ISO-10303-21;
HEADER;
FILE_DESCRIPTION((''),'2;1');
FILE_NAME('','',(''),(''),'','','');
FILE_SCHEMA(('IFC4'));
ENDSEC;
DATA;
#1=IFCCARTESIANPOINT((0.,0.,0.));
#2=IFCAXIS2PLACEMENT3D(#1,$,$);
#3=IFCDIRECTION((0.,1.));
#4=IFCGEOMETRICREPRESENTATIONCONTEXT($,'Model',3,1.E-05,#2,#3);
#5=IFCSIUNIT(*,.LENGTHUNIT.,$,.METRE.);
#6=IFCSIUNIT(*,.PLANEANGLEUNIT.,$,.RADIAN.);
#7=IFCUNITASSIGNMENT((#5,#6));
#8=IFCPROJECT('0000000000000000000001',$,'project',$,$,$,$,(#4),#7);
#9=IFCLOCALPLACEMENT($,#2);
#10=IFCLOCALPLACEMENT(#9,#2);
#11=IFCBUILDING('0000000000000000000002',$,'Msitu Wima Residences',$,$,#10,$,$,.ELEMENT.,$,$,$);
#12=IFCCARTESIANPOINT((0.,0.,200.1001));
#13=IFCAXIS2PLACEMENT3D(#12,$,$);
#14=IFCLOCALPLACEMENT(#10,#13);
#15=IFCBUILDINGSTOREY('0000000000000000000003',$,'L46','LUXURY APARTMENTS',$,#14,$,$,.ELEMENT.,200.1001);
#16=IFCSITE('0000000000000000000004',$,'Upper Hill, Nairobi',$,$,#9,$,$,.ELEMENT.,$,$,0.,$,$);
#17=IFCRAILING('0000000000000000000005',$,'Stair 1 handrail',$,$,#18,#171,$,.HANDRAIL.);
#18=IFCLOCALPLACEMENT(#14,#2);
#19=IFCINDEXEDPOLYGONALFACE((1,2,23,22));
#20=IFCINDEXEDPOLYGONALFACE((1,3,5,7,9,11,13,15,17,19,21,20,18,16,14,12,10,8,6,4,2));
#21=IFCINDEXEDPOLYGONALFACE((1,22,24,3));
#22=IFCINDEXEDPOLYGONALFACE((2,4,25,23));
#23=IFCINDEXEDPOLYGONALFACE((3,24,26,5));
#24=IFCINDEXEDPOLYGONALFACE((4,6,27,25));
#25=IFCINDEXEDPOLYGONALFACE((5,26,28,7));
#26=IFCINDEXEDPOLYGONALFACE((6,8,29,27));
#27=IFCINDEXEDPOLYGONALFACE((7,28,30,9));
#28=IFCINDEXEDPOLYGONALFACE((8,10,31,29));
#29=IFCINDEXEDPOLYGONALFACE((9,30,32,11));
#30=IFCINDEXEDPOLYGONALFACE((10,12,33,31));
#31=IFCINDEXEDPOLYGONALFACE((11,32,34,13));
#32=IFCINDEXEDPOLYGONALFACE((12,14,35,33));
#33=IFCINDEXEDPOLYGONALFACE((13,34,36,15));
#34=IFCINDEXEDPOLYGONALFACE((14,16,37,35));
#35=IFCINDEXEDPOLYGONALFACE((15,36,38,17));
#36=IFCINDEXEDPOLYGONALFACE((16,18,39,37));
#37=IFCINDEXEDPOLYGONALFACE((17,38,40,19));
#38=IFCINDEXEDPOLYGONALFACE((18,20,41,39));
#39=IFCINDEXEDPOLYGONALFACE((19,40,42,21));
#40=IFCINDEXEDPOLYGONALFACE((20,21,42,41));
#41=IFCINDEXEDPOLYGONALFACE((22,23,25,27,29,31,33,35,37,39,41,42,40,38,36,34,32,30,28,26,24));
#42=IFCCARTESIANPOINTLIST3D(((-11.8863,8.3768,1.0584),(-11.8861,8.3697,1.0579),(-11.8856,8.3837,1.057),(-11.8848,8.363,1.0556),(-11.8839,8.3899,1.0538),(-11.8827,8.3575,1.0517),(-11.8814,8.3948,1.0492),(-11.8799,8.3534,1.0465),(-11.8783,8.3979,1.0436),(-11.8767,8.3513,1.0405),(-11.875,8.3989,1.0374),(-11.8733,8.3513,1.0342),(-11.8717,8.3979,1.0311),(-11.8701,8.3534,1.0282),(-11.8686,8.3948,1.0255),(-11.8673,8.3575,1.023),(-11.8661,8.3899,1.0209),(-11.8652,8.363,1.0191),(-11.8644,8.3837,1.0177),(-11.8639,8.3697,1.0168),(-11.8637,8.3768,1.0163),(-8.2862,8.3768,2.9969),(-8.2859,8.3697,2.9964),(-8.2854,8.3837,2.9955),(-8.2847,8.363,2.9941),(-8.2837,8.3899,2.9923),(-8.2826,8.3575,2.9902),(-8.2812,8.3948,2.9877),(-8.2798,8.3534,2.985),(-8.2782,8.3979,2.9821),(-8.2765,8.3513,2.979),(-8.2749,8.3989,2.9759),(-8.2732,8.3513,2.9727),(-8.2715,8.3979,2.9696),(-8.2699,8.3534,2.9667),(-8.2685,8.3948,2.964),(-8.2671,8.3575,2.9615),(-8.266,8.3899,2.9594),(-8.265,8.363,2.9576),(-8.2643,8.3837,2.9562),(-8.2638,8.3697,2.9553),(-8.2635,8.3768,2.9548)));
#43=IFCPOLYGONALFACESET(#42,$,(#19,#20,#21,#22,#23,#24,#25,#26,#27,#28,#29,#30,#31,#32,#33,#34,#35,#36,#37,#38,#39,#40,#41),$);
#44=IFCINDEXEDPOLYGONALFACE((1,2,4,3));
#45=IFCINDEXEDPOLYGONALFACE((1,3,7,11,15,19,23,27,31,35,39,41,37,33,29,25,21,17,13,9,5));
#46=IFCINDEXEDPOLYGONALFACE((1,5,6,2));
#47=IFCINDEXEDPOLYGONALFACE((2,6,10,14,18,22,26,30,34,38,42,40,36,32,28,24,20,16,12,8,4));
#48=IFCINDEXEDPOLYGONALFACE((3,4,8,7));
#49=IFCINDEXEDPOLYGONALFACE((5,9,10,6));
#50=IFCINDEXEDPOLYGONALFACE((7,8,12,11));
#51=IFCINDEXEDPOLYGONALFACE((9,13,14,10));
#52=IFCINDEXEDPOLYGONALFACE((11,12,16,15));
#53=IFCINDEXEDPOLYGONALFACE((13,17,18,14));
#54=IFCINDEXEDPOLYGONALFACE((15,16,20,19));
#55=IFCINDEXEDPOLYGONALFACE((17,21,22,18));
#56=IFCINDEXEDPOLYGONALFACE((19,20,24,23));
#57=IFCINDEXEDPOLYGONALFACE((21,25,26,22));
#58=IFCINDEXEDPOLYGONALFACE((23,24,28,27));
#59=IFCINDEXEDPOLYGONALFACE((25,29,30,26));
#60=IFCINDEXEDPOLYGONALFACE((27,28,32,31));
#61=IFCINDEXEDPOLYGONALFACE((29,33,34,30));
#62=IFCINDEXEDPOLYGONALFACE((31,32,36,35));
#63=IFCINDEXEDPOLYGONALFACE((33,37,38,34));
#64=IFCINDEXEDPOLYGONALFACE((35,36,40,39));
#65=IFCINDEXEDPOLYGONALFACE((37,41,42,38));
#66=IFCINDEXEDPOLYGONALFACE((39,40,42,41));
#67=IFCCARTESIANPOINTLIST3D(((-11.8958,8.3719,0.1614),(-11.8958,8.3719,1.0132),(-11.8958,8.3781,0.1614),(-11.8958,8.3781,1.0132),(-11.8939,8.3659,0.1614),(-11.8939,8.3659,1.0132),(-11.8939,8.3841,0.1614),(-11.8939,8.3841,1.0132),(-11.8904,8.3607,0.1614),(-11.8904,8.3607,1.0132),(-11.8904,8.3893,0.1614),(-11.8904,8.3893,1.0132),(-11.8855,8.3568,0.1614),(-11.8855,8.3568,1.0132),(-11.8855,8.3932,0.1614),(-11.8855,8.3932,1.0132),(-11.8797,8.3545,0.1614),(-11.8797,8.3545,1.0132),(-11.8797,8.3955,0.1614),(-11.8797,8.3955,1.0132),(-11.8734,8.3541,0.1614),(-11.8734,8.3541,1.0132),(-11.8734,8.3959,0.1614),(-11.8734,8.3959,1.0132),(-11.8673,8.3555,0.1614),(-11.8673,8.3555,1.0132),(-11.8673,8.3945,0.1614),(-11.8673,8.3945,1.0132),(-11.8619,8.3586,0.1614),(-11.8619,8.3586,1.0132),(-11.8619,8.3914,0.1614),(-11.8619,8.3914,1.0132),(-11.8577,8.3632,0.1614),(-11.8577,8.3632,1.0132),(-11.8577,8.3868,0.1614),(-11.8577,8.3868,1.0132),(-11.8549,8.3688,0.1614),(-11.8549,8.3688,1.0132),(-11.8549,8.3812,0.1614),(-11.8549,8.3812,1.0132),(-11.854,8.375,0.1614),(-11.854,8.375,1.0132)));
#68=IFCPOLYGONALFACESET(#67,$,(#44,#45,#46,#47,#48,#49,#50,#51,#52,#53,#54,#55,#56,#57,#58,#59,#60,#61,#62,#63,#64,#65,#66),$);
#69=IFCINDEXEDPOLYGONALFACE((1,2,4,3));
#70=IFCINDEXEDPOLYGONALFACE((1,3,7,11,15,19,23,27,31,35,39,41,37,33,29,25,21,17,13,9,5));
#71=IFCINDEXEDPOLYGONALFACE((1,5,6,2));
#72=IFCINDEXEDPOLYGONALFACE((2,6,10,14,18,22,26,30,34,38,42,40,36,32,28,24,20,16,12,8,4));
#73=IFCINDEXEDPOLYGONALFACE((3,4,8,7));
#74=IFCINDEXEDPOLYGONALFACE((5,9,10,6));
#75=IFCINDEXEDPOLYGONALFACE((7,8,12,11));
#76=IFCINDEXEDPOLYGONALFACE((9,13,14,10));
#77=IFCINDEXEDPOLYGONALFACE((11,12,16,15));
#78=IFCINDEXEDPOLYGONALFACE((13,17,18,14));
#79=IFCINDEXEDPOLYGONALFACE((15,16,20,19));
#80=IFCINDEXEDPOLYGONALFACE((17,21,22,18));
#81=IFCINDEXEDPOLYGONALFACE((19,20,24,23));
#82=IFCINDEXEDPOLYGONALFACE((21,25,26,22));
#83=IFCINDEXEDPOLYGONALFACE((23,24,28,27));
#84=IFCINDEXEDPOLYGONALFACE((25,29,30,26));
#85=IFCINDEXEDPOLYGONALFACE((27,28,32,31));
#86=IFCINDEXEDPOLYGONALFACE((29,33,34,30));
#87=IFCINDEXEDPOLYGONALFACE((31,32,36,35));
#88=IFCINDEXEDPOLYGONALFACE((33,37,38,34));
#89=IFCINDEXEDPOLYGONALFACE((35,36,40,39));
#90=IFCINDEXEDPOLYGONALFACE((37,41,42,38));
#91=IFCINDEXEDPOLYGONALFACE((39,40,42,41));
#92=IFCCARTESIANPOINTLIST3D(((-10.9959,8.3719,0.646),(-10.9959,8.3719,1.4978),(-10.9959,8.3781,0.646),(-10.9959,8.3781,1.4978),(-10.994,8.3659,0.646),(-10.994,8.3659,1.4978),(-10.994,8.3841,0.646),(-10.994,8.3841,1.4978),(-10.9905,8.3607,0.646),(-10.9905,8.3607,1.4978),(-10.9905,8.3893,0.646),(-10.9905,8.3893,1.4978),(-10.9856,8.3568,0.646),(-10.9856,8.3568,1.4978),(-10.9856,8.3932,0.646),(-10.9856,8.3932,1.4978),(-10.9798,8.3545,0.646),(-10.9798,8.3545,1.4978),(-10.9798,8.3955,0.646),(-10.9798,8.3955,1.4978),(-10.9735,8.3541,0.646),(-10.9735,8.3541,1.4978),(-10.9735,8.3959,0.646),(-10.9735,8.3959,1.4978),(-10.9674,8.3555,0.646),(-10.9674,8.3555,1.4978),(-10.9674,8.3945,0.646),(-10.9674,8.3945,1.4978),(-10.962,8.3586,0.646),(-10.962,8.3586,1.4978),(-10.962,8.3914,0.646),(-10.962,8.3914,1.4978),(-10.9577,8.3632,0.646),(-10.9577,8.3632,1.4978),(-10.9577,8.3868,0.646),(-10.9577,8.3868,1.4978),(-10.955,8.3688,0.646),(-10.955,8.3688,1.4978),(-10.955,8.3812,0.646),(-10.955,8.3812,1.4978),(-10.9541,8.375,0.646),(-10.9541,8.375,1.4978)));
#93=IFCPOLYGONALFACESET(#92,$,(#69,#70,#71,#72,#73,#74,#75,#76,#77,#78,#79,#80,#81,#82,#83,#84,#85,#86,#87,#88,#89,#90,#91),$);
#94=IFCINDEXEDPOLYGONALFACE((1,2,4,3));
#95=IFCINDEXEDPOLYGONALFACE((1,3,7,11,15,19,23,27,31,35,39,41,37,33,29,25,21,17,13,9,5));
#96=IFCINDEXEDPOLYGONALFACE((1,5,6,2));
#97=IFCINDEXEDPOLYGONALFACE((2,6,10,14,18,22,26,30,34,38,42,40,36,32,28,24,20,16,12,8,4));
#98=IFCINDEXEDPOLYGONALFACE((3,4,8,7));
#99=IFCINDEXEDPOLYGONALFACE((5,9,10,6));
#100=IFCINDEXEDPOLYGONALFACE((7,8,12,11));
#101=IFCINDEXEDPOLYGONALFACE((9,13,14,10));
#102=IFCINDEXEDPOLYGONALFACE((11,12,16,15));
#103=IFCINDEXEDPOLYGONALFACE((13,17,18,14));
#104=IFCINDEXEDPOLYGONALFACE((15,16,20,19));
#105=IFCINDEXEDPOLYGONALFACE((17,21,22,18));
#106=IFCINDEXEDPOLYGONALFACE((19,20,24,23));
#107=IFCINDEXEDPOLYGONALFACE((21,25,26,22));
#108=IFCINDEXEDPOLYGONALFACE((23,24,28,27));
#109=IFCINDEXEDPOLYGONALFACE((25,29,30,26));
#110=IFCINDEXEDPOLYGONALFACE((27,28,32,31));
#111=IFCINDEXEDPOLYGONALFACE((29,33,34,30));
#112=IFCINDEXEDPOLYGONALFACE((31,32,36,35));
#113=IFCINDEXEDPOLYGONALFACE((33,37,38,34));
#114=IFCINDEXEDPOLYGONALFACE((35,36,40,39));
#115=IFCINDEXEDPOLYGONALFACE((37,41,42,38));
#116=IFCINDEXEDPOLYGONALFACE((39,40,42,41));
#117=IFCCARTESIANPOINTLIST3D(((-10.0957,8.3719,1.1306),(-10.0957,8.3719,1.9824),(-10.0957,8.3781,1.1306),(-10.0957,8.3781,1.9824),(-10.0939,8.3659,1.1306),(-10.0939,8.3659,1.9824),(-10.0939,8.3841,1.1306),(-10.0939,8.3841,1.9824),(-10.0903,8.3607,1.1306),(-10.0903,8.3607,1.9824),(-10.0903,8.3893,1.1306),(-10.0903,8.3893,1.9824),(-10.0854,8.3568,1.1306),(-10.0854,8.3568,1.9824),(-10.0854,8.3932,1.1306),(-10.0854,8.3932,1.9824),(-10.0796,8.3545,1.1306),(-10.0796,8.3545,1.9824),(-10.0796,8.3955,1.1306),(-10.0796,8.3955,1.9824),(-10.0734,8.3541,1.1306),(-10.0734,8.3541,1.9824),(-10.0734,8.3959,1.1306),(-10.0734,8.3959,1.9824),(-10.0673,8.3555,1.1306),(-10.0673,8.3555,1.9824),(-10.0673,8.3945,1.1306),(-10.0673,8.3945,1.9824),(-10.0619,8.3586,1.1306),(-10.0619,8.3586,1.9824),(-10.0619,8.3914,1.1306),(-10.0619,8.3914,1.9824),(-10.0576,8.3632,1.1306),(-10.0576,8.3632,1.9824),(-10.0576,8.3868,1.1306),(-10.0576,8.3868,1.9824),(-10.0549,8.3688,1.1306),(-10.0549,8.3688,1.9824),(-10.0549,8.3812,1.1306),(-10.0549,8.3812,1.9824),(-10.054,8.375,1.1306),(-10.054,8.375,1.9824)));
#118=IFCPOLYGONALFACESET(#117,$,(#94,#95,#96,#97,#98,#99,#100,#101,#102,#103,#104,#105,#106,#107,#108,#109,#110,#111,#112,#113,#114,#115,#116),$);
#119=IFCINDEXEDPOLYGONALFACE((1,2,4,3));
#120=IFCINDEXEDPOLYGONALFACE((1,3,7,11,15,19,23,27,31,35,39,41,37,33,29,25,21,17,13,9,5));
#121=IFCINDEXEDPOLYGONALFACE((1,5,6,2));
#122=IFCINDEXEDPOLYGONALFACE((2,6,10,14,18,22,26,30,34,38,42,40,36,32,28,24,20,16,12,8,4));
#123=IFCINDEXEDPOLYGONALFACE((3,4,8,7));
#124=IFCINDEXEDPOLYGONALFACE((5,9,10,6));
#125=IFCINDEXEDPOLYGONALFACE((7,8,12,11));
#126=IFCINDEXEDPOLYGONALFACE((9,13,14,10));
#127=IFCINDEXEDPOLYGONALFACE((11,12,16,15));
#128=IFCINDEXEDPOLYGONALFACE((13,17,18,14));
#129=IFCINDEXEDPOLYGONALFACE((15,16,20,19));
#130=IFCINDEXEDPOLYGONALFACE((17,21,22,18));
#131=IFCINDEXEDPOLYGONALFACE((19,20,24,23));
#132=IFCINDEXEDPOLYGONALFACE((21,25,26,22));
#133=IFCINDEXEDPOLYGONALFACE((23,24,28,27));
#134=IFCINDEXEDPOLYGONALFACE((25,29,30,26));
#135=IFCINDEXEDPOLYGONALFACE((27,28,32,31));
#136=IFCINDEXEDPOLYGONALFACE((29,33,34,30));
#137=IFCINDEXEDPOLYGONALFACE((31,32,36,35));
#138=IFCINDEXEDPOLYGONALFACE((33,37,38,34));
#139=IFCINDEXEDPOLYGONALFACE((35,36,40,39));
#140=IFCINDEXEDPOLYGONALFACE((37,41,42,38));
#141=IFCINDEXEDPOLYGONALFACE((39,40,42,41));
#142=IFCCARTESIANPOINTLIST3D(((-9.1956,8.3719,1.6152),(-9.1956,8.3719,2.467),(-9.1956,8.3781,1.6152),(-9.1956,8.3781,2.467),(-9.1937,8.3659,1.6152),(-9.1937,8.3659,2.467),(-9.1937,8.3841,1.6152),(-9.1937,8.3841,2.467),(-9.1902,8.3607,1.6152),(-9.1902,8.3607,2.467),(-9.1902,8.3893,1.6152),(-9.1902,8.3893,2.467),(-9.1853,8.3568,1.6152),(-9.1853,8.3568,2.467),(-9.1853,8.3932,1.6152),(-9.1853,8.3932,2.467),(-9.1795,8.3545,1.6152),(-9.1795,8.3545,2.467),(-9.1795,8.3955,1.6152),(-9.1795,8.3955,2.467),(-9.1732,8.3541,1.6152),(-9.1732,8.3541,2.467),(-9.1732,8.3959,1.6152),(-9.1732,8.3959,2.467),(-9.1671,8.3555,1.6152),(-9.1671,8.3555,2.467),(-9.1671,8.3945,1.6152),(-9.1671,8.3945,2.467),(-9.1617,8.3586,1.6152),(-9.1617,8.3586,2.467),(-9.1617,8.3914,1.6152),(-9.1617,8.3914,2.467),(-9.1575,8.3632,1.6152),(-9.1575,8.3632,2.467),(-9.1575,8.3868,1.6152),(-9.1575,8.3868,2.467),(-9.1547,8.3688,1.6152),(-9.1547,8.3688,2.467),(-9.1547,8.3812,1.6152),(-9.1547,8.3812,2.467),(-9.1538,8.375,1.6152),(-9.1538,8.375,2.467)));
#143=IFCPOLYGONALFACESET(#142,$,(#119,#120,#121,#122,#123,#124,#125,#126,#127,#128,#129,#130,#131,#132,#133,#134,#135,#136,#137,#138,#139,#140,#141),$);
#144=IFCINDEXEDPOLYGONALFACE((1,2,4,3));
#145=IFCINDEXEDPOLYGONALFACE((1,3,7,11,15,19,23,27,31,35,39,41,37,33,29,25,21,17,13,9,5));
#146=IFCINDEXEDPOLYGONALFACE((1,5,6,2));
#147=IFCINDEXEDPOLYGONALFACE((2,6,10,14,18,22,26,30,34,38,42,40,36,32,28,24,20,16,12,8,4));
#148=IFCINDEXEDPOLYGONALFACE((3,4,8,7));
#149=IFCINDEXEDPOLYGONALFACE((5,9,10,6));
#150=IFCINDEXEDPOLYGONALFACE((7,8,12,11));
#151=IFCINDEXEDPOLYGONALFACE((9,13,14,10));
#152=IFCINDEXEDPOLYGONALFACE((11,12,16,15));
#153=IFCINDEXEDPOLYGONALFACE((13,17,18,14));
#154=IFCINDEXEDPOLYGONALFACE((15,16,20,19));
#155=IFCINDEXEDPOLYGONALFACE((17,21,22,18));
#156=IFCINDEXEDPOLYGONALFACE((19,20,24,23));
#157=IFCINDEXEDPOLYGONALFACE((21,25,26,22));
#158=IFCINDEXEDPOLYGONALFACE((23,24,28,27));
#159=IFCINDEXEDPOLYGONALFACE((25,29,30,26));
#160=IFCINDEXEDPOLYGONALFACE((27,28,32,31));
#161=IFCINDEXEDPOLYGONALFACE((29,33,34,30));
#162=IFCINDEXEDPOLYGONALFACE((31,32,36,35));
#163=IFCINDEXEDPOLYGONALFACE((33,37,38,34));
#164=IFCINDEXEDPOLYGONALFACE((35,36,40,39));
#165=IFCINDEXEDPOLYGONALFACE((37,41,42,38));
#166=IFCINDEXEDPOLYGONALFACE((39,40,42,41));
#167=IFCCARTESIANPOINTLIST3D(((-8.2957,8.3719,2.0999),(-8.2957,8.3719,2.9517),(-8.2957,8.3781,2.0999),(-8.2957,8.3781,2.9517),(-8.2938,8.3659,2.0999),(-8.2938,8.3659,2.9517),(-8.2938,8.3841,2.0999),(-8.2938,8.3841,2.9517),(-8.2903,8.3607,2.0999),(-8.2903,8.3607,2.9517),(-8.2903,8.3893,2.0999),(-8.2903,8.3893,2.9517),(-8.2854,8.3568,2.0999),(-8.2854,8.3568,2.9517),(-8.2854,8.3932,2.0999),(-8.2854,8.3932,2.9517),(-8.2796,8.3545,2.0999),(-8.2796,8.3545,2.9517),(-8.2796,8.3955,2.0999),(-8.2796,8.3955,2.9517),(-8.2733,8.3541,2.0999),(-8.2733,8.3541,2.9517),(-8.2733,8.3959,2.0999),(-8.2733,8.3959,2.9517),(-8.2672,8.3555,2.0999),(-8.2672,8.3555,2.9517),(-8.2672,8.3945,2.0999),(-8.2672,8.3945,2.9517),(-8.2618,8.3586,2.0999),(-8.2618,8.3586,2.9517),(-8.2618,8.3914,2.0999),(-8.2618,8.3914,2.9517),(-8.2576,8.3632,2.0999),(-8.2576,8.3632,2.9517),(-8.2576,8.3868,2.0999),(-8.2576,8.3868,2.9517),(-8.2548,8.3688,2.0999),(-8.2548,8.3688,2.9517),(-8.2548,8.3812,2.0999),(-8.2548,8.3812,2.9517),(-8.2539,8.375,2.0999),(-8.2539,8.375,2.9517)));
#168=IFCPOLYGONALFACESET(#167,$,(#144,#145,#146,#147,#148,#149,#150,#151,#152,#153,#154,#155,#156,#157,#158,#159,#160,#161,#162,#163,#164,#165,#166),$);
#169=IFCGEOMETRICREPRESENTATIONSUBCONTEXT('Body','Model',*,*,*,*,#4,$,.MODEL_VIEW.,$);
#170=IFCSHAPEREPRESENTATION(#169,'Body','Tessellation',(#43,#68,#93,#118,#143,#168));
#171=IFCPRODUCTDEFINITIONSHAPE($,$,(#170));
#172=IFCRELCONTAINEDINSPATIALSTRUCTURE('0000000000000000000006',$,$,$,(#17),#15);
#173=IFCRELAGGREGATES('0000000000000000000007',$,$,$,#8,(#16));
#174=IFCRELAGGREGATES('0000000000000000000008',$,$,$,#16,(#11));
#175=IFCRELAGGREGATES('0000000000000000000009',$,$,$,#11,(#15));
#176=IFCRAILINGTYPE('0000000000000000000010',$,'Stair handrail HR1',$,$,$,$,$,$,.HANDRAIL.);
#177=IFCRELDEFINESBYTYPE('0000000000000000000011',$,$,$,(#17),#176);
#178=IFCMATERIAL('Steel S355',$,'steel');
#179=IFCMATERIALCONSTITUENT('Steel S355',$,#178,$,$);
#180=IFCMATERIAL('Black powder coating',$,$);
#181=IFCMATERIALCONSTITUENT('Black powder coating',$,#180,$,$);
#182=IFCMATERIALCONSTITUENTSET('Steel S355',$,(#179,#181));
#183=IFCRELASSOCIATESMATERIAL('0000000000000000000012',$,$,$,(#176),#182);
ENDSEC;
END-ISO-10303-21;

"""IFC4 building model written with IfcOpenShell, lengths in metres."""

from ifc_helpers import new_model, si_unit, direction, frame, origin, origin_2d, place, context, subcontext, project, spatial, circle, extrude, material, constituent, constituent_set, type_object, element, save


model = new_model("IFC4")

# Units and contexts
model_context = context("Model", 3, precision=1e-05, world=origin(), true_north=direction((0.0, 1.0)))
body_context = subcontext(model_context, "Body", "Model", "MODEL_VIEW")
ifc_project = project(units=[si_unit("LENGTHUNIT", "METRE"), si_unit("PLANEANGLEUNIT", "RADIAN")], contexts=[model_context])

# Site, building, storey
site_placement = place(None, origin())
site = spatial("IfcSite", under=ifc_project, at=site_placement, Name="Upper Hill, Nairobi", CompositionType="ELEMENT", RefElevation=0.0)
building_placement = place(site_placement, origin())
building = spatial("IfcBuilding", under=site, at=building_placement, Name="Msitu Wima Residences", CompositionType="ELEMENT")
storey_placement = place(building_placement, frame((0.0, 0.0, 200.1001)))
storey = spatial("IfcBuildingStorey", under=building, at=storey_placement, Name="L46", Description="LUXURY APARTMENTS", CompositionType="ELEMENT", Elevation=200.1001)

# Railing
ifc_material_1 = material(Name="Steel S355", Category="steel")
ifc_constituent_1 = constituent(ifc_material_1, Name="Steel S355")
ifc_material_2 = material(Name="Black powder coating")
ifc_constituent_2 = constituent(ifc_material_2, Name="Black powder coating")
ifc_constituent_set = constituent_set(constituents=[ifc_constituent_1, ifc_constituent_2], Name="Steel S355")
railing_type = type_object("IfcRailingType", Name="Stair handrail HR1", PredefinedType="HANDRAIL", material=ifc_constituent_set)
for number, where, name in (
    (1, (-11.875, 8.375, 0.1614), "Stair 1 handrail"),
):
    element("IfcRailing", number, at=place(storey_placement, frame(where)), inside=storey, type_object=railing_type, Name=name, PredefinedType="HANDRAIL", context=body_context, shape_type="SweptSolid", body=[
        extrude(circle(Radius=0.0239, at=origin_2d()), frame((0.0, 0.0, 0.876), z_axis=(0.880475, 0.0, 0.474093), x_axis=(0.0, 1.0, 0.0)), (0.0, 0.0, 1.0), 4.0889),
        extrude(circle(Radius=0.021, at=origin_2d()), origin(), (0.0, 0.0, 1.0), 0.8518),
        extrude(circle(Radius=0.021, at=origin_2d()), frame((0.8999, 0.0, 0.4846)), (0.0, 0.0, 1.0), 0.8518),
        extrude(circle(Radius=0.021, at=origin_2d()), frame((1.8, 0.0, 0.9692)), (0.0, 0.0, 1.0), 0.8518),
        extrude(circle(Radius=0.021, at=origin_2d()), frame((2.7002, 0.0, 1.4539)), (0.0, 0.0, 1.0), 0.8518),
        extrude(circle(Radius=0.021, at=origin_2d()), frame((3.6001, 0.0, 1.9385)), (0.0, 0.0, 1.0), 0.8518),
    ])

save(model, "model.ifc")
